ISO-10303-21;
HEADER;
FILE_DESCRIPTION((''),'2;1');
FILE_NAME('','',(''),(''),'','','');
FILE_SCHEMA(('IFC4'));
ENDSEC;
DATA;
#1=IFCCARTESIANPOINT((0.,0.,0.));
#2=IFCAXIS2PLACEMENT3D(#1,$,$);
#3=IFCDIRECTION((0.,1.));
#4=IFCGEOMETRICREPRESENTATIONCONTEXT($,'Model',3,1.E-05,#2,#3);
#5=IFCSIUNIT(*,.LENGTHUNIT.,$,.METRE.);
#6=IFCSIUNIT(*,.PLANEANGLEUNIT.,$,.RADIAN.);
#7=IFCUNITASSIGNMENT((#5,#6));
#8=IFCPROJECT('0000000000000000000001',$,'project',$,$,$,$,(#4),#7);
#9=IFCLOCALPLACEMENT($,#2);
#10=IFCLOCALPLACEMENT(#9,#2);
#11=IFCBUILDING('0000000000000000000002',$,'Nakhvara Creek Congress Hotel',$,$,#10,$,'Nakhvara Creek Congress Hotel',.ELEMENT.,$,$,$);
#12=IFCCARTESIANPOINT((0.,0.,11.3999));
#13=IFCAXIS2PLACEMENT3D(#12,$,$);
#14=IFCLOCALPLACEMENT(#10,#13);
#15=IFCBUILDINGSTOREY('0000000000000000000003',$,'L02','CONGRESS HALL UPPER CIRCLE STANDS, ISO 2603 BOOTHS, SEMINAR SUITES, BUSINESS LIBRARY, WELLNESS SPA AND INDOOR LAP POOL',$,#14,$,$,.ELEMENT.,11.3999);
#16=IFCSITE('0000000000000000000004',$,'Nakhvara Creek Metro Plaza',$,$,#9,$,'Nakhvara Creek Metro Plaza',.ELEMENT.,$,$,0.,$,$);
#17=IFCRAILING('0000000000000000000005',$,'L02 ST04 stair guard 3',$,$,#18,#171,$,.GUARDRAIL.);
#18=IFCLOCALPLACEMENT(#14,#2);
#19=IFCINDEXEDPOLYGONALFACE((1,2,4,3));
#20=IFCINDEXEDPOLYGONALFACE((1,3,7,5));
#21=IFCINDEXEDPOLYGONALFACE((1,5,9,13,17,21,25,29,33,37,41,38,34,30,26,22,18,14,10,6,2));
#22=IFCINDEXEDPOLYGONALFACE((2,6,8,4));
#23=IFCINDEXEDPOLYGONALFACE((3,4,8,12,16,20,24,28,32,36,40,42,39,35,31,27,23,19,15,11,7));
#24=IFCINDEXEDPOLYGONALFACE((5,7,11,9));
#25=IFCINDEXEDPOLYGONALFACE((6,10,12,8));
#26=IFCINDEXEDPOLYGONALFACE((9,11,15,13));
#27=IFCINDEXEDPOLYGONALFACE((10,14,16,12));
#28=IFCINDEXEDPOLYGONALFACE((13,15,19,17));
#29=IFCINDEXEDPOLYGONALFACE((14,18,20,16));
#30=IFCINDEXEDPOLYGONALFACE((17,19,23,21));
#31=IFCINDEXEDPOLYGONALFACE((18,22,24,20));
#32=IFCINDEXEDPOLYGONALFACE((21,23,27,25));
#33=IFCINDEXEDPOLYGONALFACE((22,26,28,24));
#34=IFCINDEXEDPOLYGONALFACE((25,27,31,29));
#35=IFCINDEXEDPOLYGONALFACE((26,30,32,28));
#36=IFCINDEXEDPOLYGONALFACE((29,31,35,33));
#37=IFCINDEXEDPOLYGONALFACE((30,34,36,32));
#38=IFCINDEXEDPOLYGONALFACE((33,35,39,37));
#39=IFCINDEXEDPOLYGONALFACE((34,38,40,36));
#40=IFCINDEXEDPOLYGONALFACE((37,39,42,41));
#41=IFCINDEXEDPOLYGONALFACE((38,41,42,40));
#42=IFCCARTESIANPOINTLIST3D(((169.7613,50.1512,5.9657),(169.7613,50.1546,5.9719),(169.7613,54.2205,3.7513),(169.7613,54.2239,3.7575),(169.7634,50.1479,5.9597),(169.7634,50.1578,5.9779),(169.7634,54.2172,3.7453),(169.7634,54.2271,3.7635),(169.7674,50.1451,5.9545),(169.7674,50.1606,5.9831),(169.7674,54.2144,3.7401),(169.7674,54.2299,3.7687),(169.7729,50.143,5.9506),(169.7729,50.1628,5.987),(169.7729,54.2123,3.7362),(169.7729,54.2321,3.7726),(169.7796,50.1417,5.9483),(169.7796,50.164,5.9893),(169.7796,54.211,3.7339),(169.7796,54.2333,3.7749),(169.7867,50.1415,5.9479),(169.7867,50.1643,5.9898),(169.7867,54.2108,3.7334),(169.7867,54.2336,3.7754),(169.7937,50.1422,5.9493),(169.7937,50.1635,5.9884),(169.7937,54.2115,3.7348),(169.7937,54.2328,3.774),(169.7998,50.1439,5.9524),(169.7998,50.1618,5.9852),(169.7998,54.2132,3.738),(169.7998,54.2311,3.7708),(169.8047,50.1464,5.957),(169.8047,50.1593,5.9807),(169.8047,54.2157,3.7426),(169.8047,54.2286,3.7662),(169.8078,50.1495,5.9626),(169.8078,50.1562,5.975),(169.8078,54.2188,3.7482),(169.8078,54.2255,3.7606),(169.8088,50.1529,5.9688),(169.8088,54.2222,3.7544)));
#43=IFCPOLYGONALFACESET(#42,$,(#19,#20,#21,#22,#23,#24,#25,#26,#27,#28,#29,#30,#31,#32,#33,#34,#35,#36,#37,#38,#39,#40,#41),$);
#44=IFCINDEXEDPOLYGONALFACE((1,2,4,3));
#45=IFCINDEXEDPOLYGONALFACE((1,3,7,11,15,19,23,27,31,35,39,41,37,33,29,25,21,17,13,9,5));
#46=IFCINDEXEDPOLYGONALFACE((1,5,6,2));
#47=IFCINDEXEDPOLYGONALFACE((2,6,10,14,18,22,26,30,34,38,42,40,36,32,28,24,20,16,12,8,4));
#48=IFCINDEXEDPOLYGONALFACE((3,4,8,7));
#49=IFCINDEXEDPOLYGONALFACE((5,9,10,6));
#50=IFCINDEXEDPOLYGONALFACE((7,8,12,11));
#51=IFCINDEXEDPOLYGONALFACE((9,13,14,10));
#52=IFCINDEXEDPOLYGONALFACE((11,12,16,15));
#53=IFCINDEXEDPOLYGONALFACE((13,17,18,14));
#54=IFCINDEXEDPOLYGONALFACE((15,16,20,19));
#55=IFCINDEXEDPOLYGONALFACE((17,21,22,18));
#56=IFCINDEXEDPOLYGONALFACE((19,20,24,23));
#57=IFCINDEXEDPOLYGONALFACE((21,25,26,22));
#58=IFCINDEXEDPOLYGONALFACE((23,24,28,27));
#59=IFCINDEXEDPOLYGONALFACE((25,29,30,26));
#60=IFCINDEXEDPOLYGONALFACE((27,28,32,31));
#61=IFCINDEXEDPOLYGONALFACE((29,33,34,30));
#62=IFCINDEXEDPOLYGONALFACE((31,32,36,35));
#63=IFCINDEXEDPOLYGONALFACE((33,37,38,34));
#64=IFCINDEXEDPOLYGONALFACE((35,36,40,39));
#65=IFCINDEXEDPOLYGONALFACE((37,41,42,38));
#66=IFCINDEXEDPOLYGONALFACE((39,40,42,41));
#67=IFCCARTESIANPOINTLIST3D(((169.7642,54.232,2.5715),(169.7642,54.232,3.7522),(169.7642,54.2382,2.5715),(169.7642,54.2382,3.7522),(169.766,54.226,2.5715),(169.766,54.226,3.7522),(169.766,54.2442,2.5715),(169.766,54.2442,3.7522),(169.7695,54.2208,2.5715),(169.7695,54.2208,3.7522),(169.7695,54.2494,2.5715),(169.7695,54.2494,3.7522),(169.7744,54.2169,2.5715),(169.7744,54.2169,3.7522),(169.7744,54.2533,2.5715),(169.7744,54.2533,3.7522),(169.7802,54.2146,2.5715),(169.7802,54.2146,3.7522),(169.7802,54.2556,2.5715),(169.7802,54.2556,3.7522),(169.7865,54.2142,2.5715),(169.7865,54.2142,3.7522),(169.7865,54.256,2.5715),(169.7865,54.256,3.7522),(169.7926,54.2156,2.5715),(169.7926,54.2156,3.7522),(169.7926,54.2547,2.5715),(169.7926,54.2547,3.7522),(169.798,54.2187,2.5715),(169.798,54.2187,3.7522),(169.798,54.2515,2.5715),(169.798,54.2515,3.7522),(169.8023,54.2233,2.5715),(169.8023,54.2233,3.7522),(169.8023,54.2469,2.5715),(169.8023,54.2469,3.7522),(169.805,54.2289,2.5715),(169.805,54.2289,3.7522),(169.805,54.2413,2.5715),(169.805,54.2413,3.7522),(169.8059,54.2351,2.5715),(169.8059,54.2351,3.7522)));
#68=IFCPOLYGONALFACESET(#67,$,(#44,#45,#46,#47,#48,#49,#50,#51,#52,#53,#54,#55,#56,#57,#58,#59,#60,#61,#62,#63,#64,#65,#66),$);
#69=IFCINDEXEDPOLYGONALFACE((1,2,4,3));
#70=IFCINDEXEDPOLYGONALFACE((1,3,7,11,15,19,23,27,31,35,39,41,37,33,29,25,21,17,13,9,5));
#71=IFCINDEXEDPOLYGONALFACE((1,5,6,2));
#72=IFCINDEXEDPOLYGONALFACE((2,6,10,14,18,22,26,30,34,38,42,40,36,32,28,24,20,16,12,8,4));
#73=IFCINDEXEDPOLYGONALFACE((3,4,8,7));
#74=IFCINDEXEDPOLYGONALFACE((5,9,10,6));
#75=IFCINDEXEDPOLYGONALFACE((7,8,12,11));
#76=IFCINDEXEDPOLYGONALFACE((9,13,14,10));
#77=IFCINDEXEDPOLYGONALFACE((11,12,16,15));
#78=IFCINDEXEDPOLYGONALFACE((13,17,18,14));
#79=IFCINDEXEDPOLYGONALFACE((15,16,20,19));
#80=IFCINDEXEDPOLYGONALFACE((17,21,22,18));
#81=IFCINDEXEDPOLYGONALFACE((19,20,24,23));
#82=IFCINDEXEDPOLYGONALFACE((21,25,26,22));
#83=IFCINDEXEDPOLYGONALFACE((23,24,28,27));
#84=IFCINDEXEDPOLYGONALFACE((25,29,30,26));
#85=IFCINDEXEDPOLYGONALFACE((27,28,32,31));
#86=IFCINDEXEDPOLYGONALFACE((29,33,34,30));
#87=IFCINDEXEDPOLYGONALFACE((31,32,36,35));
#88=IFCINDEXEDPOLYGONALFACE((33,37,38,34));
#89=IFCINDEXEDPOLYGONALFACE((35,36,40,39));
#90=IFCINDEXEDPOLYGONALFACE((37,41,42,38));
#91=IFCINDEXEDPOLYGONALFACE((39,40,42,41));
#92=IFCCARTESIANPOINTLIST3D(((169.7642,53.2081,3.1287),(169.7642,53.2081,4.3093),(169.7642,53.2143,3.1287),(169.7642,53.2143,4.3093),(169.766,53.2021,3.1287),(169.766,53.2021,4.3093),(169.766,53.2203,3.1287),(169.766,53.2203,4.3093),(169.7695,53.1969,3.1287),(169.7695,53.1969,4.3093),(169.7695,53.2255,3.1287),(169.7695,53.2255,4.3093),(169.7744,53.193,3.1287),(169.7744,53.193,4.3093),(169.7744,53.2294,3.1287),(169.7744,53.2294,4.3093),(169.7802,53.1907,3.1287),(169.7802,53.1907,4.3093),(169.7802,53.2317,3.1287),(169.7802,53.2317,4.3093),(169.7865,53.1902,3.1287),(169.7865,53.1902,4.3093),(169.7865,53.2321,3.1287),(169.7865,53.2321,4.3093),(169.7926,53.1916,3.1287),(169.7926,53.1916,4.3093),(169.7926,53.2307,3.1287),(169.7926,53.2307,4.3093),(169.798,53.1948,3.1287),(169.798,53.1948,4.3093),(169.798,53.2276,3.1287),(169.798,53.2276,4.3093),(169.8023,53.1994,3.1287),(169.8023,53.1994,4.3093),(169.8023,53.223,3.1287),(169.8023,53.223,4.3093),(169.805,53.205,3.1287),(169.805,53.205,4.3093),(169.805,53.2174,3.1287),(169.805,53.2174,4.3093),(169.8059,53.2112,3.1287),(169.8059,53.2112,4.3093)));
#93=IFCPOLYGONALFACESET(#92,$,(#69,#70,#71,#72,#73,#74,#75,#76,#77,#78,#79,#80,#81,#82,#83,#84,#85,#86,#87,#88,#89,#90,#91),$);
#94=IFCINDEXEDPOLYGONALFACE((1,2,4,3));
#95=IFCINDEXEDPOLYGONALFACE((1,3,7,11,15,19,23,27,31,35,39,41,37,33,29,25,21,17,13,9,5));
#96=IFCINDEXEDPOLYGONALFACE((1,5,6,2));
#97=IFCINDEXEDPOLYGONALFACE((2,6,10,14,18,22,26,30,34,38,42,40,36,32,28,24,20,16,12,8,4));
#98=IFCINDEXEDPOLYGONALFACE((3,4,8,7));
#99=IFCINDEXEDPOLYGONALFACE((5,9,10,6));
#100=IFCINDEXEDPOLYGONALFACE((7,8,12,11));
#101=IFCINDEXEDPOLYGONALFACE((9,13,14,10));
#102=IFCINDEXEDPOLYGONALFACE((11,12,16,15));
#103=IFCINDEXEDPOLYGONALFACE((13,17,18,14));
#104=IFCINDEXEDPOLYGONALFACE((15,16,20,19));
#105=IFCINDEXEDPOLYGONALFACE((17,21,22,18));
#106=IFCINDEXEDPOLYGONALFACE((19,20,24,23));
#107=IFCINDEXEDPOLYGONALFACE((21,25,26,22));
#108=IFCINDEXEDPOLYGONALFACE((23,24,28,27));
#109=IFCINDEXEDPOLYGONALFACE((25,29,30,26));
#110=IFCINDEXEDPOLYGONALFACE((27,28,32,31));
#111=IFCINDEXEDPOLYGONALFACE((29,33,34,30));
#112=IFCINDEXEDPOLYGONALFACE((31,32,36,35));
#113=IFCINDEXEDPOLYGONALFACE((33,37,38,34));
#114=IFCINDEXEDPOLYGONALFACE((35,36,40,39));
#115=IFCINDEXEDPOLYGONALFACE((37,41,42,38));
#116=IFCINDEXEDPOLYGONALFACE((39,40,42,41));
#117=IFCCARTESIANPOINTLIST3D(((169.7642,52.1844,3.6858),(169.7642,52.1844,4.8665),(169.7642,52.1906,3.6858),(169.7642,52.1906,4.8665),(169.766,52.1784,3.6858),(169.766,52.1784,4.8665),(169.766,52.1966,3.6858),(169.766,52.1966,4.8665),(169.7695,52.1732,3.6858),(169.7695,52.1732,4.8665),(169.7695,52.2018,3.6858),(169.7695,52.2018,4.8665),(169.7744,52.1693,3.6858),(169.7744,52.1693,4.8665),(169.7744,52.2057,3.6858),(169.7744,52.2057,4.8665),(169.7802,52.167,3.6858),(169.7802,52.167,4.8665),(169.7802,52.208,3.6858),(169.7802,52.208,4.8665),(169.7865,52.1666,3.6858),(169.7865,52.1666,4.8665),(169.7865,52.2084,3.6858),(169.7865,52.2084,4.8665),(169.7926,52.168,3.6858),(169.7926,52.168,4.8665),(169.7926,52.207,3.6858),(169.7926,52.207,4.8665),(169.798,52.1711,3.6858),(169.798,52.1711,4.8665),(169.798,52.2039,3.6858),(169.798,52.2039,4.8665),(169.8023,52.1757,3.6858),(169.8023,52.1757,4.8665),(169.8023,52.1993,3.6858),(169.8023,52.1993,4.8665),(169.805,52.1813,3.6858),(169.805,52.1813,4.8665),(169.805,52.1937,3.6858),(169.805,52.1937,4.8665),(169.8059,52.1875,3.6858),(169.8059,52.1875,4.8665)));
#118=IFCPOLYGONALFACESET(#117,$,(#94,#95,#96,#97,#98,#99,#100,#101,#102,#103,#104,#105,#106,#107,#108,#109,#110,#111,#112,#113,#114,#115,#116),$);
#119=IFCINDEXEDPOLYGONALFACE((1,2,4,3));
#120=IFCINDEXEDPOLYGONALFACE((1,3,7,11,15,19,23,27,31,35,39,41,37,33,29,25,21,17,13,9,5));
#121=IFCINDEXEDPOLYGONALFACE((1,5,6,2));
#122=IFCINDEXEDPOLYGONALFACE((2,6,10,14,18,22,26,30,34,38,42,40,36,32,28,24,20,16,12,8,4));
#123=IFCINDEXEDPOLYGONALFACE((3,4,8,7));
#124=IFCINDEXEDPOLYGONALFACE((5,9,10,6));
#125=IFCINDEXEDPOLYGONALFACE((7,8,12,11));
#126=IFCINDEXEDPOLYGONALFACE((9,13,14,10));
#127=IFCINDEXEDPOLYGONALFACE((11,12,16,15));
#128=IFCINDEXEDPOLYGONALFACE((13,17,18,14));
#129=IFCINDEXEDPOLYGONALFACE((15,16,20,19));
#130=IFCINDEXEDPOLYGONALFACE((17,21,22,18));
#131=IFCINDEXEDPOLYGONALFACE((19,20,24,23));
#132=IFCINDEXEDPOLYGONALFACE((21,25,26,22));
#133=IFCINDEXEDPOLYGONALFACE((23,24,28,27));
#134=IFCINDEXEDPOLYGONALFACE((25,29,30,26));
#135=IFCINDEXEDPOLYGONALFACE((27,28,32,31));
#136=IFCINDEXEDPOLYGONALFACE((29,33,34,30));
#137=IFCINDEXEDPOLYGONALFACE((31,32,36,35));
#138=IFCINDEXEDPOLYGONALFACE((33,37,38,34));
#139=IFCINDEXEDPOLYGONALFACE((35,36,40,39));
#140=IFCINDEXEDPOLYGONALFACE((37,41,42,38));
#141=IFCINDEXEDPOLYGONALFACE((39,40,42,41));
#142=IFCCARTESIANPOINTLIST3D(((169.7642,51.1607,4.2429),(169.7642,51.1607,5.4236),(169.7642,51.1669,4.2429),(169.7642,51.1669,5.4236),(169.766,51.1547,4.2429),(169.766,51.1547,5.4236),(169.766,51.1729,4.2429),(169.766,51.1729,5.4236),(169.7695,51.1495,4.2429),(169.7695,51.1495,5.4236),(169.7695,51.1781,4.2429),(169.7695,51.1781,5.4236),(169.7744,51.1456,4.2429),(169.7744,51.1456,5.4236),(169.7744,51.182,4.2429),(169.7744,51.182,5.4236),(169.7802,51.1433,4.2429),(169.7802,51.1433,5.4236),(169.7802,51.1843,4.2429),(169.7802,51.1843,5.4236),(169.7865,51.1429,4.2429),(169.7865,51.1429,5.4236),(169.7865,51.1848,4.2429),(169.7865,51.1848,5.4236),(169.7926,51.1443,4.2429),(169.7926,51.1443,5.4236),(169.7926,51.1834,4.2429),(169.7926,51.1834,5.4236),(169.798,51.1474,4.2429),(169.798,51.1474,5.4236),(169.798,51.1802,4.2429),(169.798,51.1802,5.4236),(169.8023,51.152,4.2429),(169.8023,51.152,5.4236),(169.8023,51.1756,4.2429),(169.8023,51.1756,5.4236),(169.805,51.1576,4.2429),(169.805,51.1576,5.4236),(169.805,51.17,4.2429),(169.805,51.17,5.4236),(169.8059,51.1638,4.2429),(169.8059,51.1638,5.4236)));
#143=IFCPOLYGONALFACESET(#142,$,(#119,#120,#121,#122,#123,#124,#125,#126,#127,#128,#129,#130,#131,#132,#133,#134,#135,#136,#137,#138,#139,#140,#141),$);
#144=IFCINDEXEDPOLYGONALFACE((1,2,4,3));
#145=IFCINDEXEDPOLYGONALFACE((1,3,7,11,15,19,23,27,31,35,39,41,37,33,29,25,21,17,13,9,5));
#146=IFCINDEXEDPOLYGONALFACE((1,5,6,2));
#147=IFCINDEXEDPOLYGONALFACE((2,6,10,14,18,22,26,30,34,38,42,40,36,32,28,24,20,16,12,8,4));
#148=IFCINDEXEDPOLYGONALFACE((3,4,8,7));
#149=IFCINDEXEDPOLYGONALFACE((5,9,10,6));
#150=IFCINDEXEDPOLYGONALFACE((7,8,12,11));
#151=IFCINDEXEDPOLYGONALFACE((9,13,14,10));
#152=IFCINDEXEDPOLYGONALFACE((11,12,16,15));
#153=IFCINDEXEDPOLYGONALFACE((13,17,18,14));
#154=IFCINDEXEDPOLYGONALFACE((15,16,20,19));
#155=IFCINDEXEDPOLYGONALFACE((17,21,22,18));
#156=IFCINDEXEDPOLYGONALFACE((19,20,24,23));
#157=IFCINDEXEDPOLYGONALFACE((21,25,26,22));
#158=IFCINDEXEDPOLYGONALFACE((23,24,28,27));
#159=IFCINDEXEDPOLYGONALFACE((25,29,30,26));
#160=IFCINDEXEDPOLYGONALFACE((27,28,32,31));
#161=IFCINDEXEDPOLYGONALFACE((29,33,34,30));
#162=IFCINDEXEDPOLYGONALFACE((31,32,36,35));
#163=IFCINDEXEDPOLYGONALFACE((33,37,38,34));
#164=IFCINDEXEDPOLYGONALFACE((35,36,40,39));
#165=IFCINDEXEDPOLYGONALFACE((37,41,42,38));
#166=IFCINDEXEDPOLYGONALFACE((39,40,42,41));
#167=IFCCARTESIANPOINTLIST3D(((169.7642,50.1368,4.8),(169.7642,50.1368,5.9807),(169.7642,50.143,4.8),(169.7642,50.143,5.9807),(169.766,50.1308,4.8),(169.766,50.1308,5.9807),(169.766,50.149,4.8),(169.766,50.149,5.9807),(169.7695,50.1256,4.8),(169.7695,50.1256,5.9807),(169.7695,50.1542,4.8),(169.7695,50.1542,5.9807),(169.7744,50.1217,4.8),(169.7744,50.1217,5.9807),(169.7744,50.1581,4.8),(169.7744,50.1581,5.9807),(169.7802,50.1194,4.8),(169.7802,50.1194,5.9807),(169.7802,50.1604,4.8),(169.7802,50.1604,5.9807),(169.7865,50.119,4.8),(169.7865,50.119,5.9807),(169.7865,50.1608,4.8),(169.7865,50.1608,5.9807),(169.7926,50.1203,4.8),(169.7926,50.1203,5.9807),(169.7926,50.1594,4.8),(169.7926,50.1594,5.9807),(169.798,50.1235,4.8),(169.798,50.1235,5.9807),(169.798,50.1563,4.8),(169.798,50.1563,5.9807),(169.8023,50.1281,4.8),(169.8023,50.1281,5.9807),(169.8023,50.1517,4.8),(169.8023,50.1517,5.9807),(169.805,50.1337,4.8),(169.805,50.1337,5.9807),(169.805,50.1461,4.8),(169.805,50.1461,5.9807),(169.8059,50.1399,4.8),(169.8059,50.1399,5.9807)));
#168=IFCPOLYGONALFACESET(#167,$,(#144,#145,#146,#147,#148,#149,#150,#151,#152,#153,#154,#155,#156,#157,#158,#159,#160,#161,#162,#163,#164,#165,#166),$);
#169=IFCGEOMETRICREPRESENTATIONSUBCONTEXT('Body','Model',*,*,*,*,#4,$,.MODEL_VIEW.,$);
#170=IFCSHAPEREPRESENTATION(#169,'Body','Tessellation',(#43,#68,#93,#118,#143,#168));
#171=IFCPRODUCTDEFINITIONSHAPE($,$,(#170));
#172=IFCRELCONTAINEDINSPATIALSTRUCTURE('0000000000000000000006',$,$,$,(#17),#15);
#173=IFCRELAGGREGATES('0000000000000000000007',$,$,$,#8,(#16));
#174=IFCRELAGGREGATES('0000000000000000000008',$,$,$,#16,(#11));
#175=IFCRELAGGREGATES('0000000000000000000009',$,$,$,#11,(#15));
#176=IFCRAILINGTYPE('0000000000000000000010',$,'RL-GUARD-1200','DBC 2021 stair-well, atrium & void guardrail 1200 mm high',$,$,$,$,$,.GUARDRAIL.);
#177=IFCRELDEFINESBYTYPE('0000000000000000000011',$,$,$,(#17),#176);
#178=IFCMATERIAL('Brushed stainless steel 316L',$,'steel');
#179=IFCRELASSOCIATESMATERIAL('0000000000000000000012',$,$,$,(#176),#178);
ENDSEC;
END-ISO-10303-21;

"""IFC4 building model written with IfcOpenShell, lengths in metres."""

from ifc_helpers import new_model, si_unit, direction, frame, origin, origin_2d, place, context, subcontext, project, spatial, circle, extrude, material, type_object, element, save


model = new_model("IFC4")

# Units and contexts
model_context = context("Model", 3, precision=1e-05, world=origin(), true_north=direction((0.0, 1.0)))
body_context = subcontext(model_context, "Body", "Model", "MODEL_VIEW")
ifc_project = project(units=[si_unit("LENGTHUNIT", "METRE"), si_unit("PLANEANGLEUNIT", "RADIAN")], contexts=[model_context])

# Site, building, storey
site_placement = place(None, origin())
site = spatial("IfcSite", under=ifc_project, at=site_placement, Name="Nakhvara Creek Metro Plaza", LongName="Nakhvara Creek Metro Plaza", CompositionType="ELEMENT", RefElevation=0.0)
building_placement = place(site_placement, origin())
building = spatial("IfcBuilding", under=site, at=building_placement, Name="Nakhvara Creek Congress Hotel", LongName="Nakhvara Creek Congress Hotel", CompositionType="ELEMENT")
storey_placement = place(building_placement, frame((0.0, 0.0, 11.3999)))
storey = spatial("IfcBuildingStorey", under=building, at=storey_placement, Name="L02", Description="CONGRESS HALL UPPER CIRCLE STANDS, ISO 2603 BOOTHS, SEMINAR SUITES, BUSINESS LIBRARY, WELLNESS SPA AND INDOOR LAP POOL", CompositionType="ELEMENT", Elevation=11.3999)

# Railing
ifc_material_1 = material(Name="Brushed stainless steel 316L", Category="steel")
railing_type_1 = type_object("IfcRailingType", Name="RL-GUARD-1200", Description="DBC 2021 stair-well, atrium & void guardrail 1200 mm high", PredefinedType="GUARDRAIL", material=ifc_material_1)
railing_1_placement = place(storey_placement, frame((169.7849, 54.2351, 2.5715)))
element("IfcRailing", 1, at=railing_1_placement, inside=storey, type_object=railing_type_1, Name="L02 ST04 stair guard 3", PredefinedType="GUARDRAIL", context=body_context, shape_type="SweptSolid", body=[
    extrude(circle(Radius=0.0239, at=origin_2d()), frame((0.0, -0.0129, 1.1829), z_axis=(0.0, -0.878367, 0.477986), x_axis=(1.0, 0.0, 0.0)), (0.0, 0.0, 1.0), 4.6328),
    extrude(circle(Radius=0.021, at=origin_2d()), origin(), (0.0, 0.0, 1.0), 1.1807),
    extrude(circle(Radius=0.021, at=origin_2d()), frame((0.0, -1.0239, 0.5571)), (0.0, 0.0, 1.0), 1.1807),
    extrude(circle(Radius=0.021, at=origin_2d()), frame((0.0, -2.0476, 1.1143)), (0.0, 0.0, 1.0), 1.1807),
    extrude(circle(Radius=0.021, at=origin_2d()), frame((0.0, -3.0713, 1.6714)), (0.0, 0.0, 1.0), 1.1807),
    extrude(circle(Radius=0.021, at=origin_2d()), frame((0.0, -4.0952, 2.2285)), (0.0, 0.0, 1.0), 1.1807),
])

save(model, "model.ifc")
